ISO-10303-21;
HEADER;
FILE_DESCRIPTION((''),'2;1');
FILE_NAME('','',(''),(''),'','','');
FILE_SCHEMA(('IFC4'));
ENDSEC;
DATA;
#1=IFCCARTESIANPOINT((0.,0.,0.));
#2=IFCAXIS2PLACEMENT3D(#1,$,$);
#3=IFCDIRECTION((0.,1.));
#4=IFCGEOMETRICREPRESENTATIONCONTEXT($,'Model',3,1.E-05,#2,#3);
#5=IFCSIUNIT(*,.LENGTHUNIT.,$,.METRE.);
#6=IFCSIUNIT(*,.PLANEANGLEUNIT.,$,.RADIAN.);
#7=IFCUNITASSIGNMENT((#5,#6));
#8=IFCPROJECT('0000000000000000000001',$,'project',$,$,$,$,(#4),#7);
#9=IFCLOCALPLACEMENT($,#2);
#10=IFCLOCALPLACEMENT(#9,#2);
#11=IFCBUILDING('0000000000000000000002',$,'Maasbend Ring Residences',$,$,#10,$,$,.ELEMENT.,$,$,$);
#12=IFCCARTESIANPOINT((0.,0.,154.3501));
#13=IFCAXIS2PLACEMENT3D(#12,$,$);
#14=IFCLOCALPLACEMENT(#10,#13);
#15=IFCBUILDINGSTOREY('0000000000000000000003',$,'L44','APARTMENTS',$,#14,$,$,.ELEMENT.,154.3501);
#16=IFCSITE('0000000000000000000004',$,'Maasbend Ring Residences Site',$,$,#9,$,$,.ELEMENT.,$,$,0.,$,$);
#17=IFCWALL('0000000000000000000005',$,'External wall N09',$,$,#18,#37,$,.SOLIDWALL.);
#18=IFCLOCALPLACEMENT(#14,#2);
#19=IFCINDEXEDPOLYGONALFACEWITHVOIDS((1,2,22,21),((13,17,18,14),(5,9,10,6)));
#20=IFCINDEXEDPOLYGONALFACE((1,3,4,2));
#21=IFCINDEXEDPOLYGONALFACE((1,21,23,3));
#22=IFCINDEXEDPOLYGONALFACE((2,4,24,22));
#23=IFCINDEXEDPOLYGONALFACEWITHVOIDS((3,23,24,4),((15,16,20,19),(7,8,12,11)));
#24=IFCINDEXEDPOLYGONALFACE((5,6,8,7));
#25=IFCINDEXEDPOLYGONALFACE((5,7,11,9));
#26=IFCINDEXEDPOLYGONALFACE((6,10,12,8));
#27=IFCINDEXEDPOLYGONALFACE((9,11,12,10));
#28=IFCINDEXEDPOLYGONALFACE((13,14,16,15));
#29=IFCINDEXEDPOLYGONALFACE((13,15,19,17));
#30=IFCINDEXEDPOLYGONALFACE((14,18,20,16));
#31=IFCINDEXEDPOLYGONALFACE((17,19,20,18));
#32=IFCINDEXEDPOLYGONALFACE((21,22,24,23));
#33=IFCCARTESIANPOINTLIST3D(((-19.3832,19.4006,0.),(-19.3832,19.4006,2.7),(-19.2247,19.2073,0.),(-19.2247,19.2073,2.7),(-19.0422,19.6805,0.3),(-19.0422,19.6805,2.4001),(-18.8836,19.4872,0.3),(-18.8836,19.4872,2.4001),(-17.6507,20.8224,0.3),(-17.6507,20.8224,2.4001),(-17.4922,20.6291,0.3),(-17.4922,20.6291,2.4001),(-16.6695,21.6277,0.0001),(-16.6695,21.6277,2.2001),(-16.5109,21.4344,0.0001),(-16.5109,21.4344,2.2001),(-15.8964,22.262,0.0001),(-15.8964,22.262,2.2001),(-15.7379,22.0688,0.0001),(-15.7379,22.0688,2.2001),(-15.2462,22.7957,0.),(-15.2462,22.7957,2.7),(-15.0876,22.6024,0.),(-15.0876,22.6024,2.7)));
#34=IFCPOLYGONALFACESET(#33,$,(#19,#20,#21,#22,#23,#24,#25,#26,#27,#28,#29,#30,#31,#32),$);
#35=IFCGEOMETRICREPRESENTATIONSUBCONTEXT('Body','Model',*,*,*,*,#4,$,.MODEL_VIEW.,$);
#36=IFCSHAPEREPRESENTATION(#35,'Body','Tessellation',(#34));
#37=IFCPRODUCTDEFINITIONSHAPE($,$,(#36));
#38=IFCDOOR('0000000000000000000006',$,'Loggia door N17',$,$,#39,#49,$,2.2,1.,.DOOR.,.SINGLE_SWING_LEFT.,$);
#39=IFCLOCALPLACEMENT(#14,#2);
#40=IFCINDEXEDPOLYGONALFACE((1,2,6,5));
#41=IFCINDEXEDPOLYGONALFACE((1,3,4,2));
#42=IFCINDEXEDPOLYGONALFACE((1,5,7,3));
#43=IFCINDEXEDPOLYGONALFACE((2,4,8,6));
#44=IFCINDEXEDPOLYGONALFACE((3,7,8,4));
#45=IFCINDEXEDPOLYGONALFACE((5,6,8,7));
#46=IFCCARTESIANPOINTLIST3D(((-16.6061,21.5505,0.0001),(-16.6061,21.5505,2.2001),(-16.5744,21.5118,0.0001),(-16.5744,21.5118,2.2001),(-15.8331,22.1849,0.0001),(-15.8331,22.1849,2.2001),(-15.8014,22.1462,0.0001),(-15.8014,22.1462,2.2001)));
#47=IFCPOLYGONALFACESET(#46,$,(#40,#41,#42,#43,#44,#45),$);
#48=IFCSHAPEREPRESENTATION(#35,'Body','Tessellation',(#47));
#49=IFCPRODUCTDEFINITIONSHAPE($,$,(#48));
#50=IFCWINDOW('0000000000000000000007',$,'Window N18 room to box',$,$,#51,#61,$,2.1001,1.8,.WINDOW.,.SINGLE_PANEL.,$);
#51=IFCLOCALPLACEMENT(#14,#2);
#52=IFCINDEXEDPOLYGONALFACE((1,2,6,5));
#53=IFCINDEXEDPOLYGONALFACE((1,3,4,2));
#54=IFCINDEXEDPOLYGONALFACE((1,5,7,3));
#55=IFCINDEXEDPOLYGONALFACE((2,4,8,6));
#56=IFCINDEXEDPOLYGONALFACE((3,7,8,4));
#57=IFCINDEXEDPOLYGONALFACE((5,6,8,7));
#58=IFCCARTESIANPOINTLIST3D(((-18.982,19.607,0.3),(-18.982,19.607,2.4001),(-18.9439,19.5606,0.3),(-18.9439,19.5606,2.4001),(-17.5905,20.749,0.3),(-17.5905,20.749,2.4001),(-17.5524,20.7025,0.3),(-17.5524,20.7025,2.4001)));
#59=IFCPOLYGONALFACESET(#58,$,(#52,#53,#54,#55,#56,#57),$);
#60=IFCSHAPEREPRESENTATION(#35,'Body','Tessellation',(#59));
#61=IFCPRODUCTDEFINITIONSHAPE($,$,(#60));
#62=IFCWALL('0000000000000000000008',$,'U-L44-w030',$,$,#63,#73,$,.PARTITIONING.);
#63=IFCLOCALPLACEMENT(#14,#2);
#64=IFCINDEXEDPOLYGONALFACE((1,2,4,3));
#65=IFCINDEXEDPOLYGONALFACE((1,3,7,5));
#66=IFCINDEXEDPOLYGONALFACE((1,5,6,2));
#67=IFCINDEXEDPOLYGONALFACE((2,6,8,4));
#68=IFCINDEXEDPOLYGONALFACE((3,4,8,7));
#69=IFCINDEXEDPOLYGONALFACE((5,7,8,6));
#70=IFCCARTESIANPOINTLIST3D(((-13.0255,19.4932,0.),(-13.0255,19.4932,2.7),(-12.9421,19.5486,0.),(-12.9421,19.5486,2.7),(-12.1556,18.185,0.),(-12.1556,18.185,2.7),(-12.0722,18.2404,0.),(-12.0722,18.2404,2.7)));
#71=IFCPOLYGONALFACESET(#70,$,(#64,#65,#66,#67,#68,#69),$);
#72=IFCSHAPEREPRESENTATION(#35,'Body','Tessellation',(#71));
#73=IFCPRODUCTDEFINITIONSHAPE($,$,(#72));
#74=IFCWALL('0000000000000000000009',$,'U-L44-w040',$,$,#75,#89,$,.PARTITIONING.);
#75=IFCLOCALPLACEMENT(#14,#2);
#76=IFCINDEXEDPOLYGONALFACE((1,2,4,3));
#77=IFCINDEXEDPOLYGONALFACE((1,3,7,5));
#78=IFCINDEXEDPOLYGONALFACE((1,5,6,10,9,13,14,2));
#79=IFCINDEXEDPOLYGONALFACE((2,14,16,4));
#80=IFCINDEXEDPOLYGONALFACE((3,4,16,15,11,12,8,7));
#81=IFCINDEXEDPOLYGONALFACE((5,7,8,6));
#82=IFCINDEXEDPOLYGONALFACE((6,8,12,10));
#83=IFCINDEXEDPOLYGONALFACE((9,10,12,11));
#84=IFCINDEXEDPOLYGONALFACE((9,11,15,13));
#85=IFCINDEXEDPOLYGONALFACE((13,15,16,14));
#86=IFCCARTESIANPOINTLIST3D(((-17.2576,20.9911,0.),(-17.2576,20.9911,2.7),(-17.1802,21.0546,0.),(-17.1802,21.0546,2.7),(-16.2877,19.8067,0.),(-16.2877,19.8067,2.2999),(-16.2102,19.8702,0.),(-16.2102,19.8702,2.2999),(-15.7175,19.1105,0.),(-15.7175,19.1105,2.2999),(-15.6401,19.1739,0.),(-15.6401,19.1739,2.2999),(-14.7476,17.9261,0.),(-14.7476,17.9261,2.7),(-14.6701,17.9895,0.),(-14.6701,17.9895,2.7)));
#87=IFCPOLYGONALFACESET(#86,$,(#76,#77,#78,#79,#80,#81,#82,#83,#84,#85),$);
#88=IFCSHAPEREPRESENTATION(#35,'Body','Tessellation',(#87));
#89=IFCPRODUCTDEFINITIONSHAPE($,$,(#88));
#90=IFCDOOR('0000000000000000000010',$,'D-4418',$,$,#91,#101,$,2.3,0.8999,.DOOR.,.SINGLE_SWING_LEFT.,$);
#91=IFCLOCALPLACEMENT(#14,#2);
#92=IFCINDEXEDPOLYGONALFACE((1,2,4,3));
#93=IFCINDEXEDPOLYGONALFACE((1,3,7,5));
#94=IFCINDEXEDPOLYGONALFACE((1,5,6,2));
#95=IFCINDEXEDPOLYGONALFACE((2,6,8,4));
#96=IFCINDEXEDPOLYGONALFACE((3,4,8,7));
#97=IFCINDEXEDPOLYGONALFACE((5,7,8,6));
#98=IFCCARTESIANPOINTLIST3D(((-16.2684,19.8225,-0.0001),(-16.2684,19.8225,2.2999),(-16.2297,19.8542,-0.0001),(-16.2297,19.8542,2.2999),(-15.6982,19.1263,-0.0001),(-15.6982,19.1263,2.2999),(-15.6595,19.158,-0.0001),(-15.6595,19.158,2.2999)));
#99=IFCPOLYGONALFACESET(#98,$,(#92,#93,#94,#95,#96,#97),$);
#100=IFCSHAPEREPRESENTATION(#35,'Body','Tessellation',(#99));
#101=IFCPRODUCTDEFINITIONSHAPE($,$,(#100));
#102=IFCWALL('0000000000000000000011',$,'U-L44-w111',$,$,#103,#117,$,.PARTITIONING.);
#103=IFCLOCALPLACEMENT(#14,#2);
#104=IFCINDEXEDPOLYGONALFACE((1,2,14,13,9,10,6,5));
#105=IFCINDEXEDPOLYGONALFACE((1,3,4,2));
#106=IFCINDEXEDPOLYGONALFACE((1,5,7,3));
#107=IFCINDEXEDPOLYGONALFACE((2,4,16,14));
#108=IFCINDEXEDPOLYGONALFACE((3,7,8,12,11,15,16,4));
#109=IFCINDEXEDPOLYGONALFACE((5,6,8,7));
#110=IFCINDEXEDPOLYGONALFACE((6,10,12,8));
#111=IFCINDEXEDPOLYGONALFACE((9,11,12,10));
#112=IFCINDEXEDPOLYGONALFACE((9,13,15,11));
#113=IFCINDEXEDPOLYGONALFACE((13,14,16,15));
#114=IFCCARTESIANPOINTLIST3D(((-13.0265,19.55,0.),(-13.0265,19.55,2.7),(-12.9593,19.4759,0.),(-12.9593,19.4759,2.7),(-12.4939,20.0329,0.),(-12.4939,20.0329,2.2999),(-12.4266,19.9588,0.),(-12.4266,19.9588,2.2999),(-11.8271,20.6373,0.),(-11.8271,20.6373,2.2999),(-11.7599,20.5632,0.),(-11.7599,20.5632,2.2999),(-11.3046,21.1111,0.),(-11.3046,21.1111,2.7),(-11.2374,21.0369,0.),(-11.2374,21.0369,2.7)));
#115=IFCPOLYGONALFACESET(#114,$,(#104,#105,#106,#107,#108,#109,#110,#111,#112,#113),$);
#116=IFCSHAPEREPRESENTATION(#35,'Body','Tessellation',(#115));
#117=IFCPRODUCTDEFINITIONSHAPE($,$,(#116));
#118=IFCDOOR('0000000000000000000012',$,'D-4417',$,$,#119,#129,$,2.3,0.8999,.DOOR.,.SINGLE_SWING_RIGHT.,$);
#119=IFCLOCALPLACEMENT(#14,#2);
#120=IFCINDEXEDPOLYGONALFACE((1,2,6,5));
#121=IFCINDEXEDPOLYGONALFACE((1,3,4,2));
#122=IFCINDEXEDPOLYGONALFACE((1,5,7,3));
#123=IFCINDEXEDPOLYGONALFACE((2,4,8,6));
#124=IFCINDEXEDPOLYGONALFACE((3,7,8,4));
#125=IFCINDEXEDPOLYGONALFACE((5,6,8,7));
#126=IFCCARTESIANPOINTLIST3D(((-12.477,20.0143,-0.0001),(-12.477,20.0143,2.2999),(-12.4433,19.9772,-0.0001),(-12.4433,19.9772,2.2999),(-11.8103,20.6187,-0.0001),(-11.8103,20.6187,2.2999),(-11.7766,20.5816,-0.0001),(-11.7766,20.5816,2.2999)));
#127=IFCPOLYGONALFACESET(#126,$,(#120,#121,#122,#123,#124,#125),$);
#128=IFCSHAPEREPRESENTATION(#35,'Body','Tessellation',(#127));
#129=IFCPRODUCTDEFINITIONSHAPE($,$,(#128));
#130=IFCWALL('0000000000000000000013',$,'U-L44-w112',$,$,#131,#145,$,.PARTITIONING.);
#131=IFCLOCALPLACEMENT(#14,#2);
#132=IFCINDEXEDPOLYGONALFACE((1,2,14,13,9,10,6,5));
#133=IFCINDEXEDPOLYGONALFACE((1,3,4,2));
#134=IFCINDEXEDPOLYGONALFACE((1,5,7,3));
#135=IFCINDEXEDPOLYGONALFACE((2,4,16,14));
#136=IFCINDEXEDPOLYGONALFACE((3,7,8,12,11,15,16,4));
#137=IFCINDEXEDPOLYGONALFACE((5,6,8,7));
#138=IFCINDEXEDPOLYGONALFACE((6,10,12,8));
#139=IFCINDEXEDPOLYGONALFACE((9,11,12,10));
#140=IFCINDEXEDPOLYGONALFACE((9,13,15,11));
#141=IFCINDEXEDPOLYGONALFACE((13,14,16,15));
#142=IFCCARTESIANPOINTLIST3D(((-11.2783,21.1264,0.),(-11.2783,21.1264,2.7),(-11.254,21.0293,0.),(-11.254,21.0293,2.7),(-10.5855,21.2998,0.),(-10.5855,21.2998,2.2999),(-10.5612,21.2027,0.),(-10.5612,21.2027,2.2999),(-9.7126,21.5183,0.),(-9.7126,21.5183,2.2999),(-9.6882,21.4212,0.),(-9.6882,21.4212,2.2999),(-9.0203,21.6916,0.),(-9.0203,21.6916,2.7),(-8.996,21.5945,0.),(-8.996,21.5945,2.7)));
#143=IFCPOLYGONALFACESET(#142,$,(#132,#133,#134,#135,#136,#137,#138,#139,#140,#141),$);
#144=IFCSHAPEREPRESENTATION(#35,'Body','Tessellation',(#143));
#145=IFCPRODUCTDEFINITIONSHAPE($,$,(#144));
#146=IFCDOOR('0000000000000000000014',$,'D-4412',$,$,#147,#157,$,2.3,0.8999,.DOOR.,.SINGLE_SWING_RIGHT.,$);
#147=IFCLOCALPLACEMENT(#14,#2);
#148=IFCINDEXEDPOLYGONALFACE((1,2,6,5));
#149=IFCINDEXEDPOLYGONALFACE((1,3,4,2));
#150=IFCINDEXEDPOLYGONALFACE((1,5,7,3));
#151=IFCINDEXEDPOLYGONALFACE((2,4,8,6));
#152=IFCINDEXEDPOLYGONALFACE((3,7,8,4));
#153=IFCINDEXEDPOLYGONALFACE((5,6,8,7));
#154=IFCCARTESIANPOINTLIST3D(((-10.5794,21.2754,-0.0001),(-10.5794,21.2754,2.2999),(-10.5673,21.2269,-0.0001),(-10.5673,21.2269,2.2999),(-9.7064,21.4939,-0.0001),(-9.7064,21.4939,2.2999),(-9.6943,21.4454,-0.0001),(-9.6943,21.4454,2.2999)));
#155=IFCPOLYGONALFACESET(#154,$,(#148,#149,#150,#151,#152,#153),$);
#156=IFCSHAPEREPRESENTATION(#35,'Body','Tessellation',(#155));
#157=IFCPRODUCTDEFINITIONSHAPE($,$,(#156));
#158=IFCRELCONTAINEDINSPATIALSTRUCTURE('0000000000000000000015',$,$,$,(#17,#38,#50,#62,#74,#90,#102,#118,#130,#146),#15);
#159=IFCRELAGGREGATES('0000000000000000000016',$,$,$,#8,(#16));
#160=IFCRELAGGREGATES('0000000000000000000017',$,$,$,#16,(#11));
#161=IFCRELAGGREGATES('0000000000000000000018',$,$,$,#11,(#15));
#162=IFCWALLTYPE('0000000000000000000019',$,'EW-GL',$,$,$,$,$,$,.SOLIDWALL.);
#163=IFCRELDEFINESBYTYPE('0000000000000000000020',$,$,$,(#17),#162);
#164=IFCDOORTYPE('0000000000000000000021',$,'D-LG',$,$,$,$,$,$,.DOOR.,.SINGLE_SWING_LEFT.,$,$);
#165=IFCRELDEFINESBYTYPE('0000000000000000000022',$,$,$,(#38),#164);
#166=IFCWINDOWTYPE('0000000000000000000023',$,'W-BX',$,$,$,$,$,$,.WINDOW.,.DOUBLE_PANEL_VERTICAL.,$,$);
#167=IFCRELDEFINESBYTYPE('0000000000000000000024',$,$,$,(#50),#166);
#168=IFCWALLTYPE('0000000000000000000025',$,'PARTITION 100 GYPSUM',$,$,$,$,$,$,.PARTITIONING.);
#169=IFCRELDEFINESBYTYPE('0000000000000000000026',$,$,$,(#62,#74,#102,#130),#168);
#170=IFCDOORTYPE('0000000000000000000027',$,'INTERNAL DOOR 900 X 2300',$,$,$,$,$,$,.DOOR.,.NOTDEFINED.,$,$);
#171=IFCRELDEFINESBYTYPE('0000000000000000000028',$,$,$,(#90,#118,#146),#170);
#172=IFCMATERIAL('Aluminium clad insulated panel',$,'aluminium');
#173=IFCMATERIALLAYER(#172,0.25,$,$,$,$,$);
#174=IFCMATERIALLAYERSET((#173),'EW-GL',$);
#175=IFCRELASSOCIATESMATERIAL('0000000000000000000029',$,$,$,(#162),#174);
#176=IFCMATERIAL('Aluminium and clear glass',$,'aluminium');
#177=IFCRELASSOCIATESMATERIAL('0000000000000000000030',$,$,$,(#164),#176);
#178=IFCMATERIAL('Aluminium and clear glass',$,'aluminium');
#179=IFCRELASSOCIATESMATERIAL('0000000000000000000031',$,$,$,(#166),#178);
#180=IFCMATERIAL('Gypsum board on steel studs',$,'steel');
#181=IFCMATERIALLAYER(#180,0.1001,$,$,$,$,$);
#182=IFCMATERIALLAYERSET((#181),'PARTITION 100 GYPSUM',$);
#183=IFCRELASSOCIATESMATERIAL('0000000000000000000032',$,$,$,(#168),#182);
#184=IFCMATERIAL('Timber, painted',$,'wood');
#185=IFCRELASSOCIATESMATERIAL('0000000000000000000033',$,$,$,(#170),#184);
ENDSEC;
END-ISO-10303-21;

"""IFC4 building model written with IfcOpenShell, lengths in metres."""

from ifc_helpers import new_model, si_unit, direction, frame, frame_2d, origin, place, context, subcontext, project, spatial, rectangle, extrude, material, layer, layer_set, type_object, element, fill, save


model = new_model("IFC4")

# Units and contexts
model_context = context("Model", 3, precision=1e-05, world=origin(), true_north=direction((0.0, 1.0)))
body_context = subcontext(model_context, "Body", "Model", "MODEL_VIEW")
ifc_project = project(units=[si_unit("LENGTHUNIT", "METRE"), si_unit("PLANEANGLEUNIT", "RADIAN")], contexts=[model_context])

# Site, building, storey
site_placement = place(None, origin())
site = spatial("IfcSite", under=ifc_project, at=site_placement, Name="Maasbend Ring Residences Site", CompositionType="ELEMENT", RefElevation=0.0)
building_placement = place(site_placement, origin())
building = spatial("IfcBuilding", under=site, at=building_placement, Name="Maasbend Ring Residences", CompositionType="ELEMENT")
storey_placement = place(building_placement, frame((0.0, 0.0, 154.3501)))
storey = spatial("IfcBuildingStorey", under=building, at=storey_placement, Name="L44", Description="APARTMENTS", CompositionType="ELEMENT", Elevation=154.3501)

# Wall, openings, door, window
ifc_material_1 = material(Name="Aluminium clad insulated panel", Category="aluminium")
ifc_layer_1 = layer(ifc_material_1, 0.25)
ifc_layer_set_1 = layer_set([ifc_layer_1], Name="EW-GL")
wall_type_1 = type_object("IfcWallType", Name="EW-GL", PredefinedType="SOLIDWALL", material=ifc_layer_set_1)
wall_1_placement = place(storey_placement, frame((-15.167, 22.699, 0.0), z_axis=(0.0, 0.0, 1.0), x_axis=(-0.773019, -0.634382, 0.0)))
wall_1 = element("IfcWall", 1, at=wall_1_placement, inside=storey, type_object=wall_type_1, Name="External wall N09", PredefinedType="SOLIDWALL", context=body_context, shape_type="SweptSolid", body=[
    extrude(rectangle(XDim=5.3518, YDim=0.25, at=frame_2d((2.6758, 0.0))), origin(), (0.0, 0.0, 1.0), 2.7),
])
opening_1_placement = place(wall_1_placement, frame((0.8411, 0.0, 0.0)))
opening_1 = element("IfcOpeningElement", 2, at=opening_1_placement, cuts=wall_1, PredefinedType="OPENING", context=body_context, shape_type="SweptSolid", body=[
    extrude(rectangle(XDim=1.0, YDim=2.2, at=frame_2d((0.5, 1.1001))), frame((0.0, 0.135, 0.0), z_axis=(0.0, -1.0, 0.0), x_axis=(1.0, 0.0, 0.0)), (0.0, 0.0, 1.0), 0.27),
])
opening_2_placement = place(wall_1_placement, frame((3.1106, 0.0, 0.3)))
opening_2 = element("IfcOpeningElement", 3, at=opening_2_placement, cuts=wall_1, PredefinedType="OPENING", context=body_context, shape_type="SweptSolid", body=[
    extrude(rectangle(XDim=1.8, YDim=2.1001, at=frame_2d((0.8999, 1.05))), frame((0.0, 0.135, 0.0), z_axis=(0.0, -1.0, 0.0), x_axis=(1.0, 0.0, 0.0)), (0.0, 0.0, 1.0), 0.27),
])
ifc_material_2 = material(Name="Aluminium and clear glass", Category="aluminium")
door_type_1 = type_object("IfcDoorType", Name="D-LG", OperationType="SINGLE_SWING_LEFT", PredefinedType="DOOR", material=ifc_material_2)
door_1_placement = place(opening_1_placement, origin())
door_1 = element("IfcDoor", 4, at=door_1_placement, inside=storey, type_object=door_type_1, Name="Loggia door N17", OperationType="SINGLE_SWING_LEFT", OverallHeight=2.2, OverallWidth=1.0, PredefinedType="DOOR", context=body_context, shape_type="SweptSolid", body=[
    extrude(rectangle(XDim=1.0, YDim=2.2, at=frame_2d((0.5, 1.1001))), frame((0.0, 0.0249, 0.0), z_axis=(0.0, -1.0, 0.0), x_axis=(1.0, 0.0, 0.0)), (0.0, 0.0, 1.0), 0.05),
])
fill(opening_1, door_1)
ifc_material_3 = material(Name="Aluminium and clear glass", Category="aluminium")
window_type_1 = type_object("IfcWindowType", Name="W-BX", PartitioningType="DOUBLE_PANEL_VERTICAL", PredefinedType="WINDOW", material=ifc_material_3)
window_1_placement = place(opening_2_placement, origin())
window_1 = element("IfcWindow", 5, at=window_1_placement, inside=storey, type_object=window_type_1, Name="Window N18 room to box", OverallHeight=2.1001, OverallWidth=1.8, PartitioningType="SINGLE_PANEL", PredefinedType="WINDOW", context=body_context, shape_type="SweptSolid", body=[
    extrude(rectangle(XDim=1.8, YDim=2.1001, at=frame_2d((0.8999, 1.05))), frame((0.0, 0.03, 0.0), z_axis=(0.0, -1.0, 0.0), x_axis=(1.0, 0.0, 0.0)), (0.0, 0.0, 1.0), 0.0601),
])
fill(opening_2, window_1)

# Wall
ifc_material_4 = material(Name="Gypsum board on steel studs", Category="steel")
ifc_layer_2 = layer(ifc_material_4, 0.1001)
ifc_layer_set_2 = layer_set([ifc_layer_2], Name="PARTITION 100 GYPSUM")
wall_type_2 = type_object("IfcWallType", Name="PARTITION 100 GYPSUM", PredefinedType="PARTITIONING", material=ifc_layer_set_2)
wall_2_placement = place(storey_placement, frame((-12.9839, 19.521, 0.0), z_axis=(0.0, 0.0, 1.0), x_axis=(0.553731, -0.832695, 0.0)))
element("IfcWall", 6, at=wall_2_placement, inside=storey, type_object=wall_type_2, Name="U-L44-w030", PredefinedType="PARTITIONING", context=body_context, shape_type="SweptSolid", body=[
    extrude(rectangle(XDim=1.571, YDim=0.1001, at=frame_2d((0.7856, 0.0))), origin(), (0.0, 0.0, 1.0), 2.7),
])

# Walls, openings, doors
wall_3_placement = place(storey_placement, frame((-17.219, 21.0229, 0.0), z_axis=(0.0, 0.0, 1.0), x_axis=(0.63359, -0.773669, 0.0)))
wall_3 = element("IfcWall", 7, at=wall_3_placement, inside=storey, type_object=wall_type_2, Name="U-L44-w040", PredefinedType="PARTITIONING", context=body_context, shape_type="SweptSolid", body=[
    extrude(rectangle(XDim=3.9617, YDim=0.1001, at=frame_2d((1.981, 0.0))), origin(), (0.0, 0.0, 1.0), 2.7),
])
opening_3_placement = place(wall_3_placement, frame((1.531, 0.0, 0.0)))
opening_3 = element("IfcOpeningElement", 8, at=opening_3_placement, cuts=wall_3, PredefinedType="OPENING", context=body_context, shape_type="SweptSolid", body=[
    extrude(rectangle(XDim=0.8999, YDim=2.3, at=frame_2d((0.45, 1.1499))), frame((0.0, 0.0601, 0.0), z_axis=(0.0, -1.0, 0.0), x_axis=(1.0, 0.0, 0.0)), (0.0, 0.0, 1.0), 0.1201),
])
ifc_material_5 = material(Name="Timber, painted", Category="wood")
door_type_2 = type_object("IfcDoorType", Name="INTERNAL DOOR 900 X 2300", OperationType="NOTDEFINED", PredefinedType="DOOR", material=ifc_material_5)
door_2_placement = place(opening_3_placement, origin())
door_2 = element("IfcDoor", 9, at=door_2_placement, inside=storey, type_object=door_type_2, Name="D-4418", OperationType="SINGLE_SWING_LEFT", OverallHeight=2.3, OverallWidth=0.8999, PredefinedType="DOOR", context=body_context, shape_type="SweptSolid", body=[
    extrude(rectangle(XDim=0.8999, YDim=2.3, at=frame_2d((0.45, 1.1499))), frame((0.0, 0.0249, 0.0), z_axis=(0.0, -1.0, 0.0), x_axis=(1.0, 0.0, 0.0)), (0.0, 0.0, 1.0), 0.05),
])
fill(opening_3, door_2)
wall_4_placement = place(storey_placement, frame((-12.9929, 19.5129, 0.0), z_axis=(0.0, 0.0, 1.0), x_axis=(0.740871, 0.671647, 0.0)))
wall_4 = element("IfcWall", 10, at=wall_4_placement, inside=storey, type_object=wall_type_2, Name="U-L44-w111", PredefinedType="PARTITIONING", context=body_context, shape_type="SweptSolid", body=[
    extrude(rectangle(XDim=2.3242, YDim=0.1001, at=frame_2d((1.1621, 0.0))), origin(), (0.0, 0.0, 1.0), 2.7),
])
opening_4_placement = place(wall_4_placement, frame((0.719, 0.0, 0.0)))
opening_4 = element("IfcOpeningElement", 11, at=opening_4_placement, cuts=wall_4, PredefinedType="OPENING", context=body_context, shape_type="SweptSolid", body=[
    extrude(rectangle(XDim=0.8999, YDim=2.3, at=frame_2d((0.45, 1.1499))), frame((0.0, 0.0601, 0.0), z_axis=(0.0, -1.0, 0.0), x_axis=(1.0, 0.0, 0.0)), (0.0, 0.0, 1.0), 0.1201),
])
door_3_placement = place(opening_4_placement, origin())
door_3 = element("IfcDoor", 12, at=door_3_placement, inside=storey, type_object=door_type_2, Name="D-4417", OperationType="SINGLE_SWING_RIGHT", OverallHeight=2.3, OverallWidth=0.8999, PredefinedType="DOOR", context=body_context, shape_type="SweptSolid", body=[
    extrude(rectangle(XDim=0.8999, YDim=2.3, at=frame_2d((0.45, 1.1499))), frame((0.0, 0.0249, 0.0), z_axis=(0.0, -1.0, 0.0), x_axis=(1.0, 0.0, 0.0)), (0.0, 0.0, 1.0), 0.05),
])
fill(opening_4, door_3)
wall_5_placement = place(storey_placement, frame((-11.2661, 21.0779, 0.0), z_axis=(0.0, 0.0, 1.0), x_axis=(0.970075, 0.242807, 0.0)))
wall_5 = element("IfcWall", 13, at=wall_5_placement, inside=storey, type_object=wall_type_2, Name="U-L44-w112", PredefinedType="PARTITIONING", context=body_context, shape_type="SweptSolid", body=[
    extrude(rectangle(XDim=2.3276, YDim=0.1001, at=frame_2d((1.1638, 0.0))), origin(), (0.0, 0.0, 1.0), 2.7),
])
opening_5_placement = place(wall_5_placement, frame((0.7141, 0.0, 0.0)))
opening_5 = element("IfcOpeningElement", 14, at=opening_5_placement, cuts=wall_5, PredefinedType="OPENING", context=body_context, shape_type="SweptSolid", body=[
    extrude(rectangle(XDim=0.8999, YDim=2.3, at=frame_2d((0.45, 1.1499))), frame((0.0, 0.0601, 0.0), z_axis=(0.0, -1.0, 0.0), x_axis=(1.0, 0.0, 0.0)), (0.0, 0.0, 1.0), 0.1201),
])
door_4_placement = place(opening_5_placement, origin())
door_4 = element("IfcDoor", 15, at=door_4_placement, inside=storey, type_object=door_type_2, Name="D-4412", OperationType="SINGLE_SWING_RIGHT", OverallHeight=2.3, OverallWidth=0.8999, PredefinedType="DOOR", context=body_context, shape_type="SweptSolid", body=[
    extrude(rectangle(XDim=0.8999, YDim=2.3, at=frame_2d((0.45, 1.1499))), frame((0.0, 0.0249, 0.0), z_axis=(0.0, -1.0, 0.0), x_axis=(1.0, 0.0, 0.0)), (0.0, 0.0, 1.0), 0.05),
])
fill(opening_5, door_4)

save(model, "model.ifc")
